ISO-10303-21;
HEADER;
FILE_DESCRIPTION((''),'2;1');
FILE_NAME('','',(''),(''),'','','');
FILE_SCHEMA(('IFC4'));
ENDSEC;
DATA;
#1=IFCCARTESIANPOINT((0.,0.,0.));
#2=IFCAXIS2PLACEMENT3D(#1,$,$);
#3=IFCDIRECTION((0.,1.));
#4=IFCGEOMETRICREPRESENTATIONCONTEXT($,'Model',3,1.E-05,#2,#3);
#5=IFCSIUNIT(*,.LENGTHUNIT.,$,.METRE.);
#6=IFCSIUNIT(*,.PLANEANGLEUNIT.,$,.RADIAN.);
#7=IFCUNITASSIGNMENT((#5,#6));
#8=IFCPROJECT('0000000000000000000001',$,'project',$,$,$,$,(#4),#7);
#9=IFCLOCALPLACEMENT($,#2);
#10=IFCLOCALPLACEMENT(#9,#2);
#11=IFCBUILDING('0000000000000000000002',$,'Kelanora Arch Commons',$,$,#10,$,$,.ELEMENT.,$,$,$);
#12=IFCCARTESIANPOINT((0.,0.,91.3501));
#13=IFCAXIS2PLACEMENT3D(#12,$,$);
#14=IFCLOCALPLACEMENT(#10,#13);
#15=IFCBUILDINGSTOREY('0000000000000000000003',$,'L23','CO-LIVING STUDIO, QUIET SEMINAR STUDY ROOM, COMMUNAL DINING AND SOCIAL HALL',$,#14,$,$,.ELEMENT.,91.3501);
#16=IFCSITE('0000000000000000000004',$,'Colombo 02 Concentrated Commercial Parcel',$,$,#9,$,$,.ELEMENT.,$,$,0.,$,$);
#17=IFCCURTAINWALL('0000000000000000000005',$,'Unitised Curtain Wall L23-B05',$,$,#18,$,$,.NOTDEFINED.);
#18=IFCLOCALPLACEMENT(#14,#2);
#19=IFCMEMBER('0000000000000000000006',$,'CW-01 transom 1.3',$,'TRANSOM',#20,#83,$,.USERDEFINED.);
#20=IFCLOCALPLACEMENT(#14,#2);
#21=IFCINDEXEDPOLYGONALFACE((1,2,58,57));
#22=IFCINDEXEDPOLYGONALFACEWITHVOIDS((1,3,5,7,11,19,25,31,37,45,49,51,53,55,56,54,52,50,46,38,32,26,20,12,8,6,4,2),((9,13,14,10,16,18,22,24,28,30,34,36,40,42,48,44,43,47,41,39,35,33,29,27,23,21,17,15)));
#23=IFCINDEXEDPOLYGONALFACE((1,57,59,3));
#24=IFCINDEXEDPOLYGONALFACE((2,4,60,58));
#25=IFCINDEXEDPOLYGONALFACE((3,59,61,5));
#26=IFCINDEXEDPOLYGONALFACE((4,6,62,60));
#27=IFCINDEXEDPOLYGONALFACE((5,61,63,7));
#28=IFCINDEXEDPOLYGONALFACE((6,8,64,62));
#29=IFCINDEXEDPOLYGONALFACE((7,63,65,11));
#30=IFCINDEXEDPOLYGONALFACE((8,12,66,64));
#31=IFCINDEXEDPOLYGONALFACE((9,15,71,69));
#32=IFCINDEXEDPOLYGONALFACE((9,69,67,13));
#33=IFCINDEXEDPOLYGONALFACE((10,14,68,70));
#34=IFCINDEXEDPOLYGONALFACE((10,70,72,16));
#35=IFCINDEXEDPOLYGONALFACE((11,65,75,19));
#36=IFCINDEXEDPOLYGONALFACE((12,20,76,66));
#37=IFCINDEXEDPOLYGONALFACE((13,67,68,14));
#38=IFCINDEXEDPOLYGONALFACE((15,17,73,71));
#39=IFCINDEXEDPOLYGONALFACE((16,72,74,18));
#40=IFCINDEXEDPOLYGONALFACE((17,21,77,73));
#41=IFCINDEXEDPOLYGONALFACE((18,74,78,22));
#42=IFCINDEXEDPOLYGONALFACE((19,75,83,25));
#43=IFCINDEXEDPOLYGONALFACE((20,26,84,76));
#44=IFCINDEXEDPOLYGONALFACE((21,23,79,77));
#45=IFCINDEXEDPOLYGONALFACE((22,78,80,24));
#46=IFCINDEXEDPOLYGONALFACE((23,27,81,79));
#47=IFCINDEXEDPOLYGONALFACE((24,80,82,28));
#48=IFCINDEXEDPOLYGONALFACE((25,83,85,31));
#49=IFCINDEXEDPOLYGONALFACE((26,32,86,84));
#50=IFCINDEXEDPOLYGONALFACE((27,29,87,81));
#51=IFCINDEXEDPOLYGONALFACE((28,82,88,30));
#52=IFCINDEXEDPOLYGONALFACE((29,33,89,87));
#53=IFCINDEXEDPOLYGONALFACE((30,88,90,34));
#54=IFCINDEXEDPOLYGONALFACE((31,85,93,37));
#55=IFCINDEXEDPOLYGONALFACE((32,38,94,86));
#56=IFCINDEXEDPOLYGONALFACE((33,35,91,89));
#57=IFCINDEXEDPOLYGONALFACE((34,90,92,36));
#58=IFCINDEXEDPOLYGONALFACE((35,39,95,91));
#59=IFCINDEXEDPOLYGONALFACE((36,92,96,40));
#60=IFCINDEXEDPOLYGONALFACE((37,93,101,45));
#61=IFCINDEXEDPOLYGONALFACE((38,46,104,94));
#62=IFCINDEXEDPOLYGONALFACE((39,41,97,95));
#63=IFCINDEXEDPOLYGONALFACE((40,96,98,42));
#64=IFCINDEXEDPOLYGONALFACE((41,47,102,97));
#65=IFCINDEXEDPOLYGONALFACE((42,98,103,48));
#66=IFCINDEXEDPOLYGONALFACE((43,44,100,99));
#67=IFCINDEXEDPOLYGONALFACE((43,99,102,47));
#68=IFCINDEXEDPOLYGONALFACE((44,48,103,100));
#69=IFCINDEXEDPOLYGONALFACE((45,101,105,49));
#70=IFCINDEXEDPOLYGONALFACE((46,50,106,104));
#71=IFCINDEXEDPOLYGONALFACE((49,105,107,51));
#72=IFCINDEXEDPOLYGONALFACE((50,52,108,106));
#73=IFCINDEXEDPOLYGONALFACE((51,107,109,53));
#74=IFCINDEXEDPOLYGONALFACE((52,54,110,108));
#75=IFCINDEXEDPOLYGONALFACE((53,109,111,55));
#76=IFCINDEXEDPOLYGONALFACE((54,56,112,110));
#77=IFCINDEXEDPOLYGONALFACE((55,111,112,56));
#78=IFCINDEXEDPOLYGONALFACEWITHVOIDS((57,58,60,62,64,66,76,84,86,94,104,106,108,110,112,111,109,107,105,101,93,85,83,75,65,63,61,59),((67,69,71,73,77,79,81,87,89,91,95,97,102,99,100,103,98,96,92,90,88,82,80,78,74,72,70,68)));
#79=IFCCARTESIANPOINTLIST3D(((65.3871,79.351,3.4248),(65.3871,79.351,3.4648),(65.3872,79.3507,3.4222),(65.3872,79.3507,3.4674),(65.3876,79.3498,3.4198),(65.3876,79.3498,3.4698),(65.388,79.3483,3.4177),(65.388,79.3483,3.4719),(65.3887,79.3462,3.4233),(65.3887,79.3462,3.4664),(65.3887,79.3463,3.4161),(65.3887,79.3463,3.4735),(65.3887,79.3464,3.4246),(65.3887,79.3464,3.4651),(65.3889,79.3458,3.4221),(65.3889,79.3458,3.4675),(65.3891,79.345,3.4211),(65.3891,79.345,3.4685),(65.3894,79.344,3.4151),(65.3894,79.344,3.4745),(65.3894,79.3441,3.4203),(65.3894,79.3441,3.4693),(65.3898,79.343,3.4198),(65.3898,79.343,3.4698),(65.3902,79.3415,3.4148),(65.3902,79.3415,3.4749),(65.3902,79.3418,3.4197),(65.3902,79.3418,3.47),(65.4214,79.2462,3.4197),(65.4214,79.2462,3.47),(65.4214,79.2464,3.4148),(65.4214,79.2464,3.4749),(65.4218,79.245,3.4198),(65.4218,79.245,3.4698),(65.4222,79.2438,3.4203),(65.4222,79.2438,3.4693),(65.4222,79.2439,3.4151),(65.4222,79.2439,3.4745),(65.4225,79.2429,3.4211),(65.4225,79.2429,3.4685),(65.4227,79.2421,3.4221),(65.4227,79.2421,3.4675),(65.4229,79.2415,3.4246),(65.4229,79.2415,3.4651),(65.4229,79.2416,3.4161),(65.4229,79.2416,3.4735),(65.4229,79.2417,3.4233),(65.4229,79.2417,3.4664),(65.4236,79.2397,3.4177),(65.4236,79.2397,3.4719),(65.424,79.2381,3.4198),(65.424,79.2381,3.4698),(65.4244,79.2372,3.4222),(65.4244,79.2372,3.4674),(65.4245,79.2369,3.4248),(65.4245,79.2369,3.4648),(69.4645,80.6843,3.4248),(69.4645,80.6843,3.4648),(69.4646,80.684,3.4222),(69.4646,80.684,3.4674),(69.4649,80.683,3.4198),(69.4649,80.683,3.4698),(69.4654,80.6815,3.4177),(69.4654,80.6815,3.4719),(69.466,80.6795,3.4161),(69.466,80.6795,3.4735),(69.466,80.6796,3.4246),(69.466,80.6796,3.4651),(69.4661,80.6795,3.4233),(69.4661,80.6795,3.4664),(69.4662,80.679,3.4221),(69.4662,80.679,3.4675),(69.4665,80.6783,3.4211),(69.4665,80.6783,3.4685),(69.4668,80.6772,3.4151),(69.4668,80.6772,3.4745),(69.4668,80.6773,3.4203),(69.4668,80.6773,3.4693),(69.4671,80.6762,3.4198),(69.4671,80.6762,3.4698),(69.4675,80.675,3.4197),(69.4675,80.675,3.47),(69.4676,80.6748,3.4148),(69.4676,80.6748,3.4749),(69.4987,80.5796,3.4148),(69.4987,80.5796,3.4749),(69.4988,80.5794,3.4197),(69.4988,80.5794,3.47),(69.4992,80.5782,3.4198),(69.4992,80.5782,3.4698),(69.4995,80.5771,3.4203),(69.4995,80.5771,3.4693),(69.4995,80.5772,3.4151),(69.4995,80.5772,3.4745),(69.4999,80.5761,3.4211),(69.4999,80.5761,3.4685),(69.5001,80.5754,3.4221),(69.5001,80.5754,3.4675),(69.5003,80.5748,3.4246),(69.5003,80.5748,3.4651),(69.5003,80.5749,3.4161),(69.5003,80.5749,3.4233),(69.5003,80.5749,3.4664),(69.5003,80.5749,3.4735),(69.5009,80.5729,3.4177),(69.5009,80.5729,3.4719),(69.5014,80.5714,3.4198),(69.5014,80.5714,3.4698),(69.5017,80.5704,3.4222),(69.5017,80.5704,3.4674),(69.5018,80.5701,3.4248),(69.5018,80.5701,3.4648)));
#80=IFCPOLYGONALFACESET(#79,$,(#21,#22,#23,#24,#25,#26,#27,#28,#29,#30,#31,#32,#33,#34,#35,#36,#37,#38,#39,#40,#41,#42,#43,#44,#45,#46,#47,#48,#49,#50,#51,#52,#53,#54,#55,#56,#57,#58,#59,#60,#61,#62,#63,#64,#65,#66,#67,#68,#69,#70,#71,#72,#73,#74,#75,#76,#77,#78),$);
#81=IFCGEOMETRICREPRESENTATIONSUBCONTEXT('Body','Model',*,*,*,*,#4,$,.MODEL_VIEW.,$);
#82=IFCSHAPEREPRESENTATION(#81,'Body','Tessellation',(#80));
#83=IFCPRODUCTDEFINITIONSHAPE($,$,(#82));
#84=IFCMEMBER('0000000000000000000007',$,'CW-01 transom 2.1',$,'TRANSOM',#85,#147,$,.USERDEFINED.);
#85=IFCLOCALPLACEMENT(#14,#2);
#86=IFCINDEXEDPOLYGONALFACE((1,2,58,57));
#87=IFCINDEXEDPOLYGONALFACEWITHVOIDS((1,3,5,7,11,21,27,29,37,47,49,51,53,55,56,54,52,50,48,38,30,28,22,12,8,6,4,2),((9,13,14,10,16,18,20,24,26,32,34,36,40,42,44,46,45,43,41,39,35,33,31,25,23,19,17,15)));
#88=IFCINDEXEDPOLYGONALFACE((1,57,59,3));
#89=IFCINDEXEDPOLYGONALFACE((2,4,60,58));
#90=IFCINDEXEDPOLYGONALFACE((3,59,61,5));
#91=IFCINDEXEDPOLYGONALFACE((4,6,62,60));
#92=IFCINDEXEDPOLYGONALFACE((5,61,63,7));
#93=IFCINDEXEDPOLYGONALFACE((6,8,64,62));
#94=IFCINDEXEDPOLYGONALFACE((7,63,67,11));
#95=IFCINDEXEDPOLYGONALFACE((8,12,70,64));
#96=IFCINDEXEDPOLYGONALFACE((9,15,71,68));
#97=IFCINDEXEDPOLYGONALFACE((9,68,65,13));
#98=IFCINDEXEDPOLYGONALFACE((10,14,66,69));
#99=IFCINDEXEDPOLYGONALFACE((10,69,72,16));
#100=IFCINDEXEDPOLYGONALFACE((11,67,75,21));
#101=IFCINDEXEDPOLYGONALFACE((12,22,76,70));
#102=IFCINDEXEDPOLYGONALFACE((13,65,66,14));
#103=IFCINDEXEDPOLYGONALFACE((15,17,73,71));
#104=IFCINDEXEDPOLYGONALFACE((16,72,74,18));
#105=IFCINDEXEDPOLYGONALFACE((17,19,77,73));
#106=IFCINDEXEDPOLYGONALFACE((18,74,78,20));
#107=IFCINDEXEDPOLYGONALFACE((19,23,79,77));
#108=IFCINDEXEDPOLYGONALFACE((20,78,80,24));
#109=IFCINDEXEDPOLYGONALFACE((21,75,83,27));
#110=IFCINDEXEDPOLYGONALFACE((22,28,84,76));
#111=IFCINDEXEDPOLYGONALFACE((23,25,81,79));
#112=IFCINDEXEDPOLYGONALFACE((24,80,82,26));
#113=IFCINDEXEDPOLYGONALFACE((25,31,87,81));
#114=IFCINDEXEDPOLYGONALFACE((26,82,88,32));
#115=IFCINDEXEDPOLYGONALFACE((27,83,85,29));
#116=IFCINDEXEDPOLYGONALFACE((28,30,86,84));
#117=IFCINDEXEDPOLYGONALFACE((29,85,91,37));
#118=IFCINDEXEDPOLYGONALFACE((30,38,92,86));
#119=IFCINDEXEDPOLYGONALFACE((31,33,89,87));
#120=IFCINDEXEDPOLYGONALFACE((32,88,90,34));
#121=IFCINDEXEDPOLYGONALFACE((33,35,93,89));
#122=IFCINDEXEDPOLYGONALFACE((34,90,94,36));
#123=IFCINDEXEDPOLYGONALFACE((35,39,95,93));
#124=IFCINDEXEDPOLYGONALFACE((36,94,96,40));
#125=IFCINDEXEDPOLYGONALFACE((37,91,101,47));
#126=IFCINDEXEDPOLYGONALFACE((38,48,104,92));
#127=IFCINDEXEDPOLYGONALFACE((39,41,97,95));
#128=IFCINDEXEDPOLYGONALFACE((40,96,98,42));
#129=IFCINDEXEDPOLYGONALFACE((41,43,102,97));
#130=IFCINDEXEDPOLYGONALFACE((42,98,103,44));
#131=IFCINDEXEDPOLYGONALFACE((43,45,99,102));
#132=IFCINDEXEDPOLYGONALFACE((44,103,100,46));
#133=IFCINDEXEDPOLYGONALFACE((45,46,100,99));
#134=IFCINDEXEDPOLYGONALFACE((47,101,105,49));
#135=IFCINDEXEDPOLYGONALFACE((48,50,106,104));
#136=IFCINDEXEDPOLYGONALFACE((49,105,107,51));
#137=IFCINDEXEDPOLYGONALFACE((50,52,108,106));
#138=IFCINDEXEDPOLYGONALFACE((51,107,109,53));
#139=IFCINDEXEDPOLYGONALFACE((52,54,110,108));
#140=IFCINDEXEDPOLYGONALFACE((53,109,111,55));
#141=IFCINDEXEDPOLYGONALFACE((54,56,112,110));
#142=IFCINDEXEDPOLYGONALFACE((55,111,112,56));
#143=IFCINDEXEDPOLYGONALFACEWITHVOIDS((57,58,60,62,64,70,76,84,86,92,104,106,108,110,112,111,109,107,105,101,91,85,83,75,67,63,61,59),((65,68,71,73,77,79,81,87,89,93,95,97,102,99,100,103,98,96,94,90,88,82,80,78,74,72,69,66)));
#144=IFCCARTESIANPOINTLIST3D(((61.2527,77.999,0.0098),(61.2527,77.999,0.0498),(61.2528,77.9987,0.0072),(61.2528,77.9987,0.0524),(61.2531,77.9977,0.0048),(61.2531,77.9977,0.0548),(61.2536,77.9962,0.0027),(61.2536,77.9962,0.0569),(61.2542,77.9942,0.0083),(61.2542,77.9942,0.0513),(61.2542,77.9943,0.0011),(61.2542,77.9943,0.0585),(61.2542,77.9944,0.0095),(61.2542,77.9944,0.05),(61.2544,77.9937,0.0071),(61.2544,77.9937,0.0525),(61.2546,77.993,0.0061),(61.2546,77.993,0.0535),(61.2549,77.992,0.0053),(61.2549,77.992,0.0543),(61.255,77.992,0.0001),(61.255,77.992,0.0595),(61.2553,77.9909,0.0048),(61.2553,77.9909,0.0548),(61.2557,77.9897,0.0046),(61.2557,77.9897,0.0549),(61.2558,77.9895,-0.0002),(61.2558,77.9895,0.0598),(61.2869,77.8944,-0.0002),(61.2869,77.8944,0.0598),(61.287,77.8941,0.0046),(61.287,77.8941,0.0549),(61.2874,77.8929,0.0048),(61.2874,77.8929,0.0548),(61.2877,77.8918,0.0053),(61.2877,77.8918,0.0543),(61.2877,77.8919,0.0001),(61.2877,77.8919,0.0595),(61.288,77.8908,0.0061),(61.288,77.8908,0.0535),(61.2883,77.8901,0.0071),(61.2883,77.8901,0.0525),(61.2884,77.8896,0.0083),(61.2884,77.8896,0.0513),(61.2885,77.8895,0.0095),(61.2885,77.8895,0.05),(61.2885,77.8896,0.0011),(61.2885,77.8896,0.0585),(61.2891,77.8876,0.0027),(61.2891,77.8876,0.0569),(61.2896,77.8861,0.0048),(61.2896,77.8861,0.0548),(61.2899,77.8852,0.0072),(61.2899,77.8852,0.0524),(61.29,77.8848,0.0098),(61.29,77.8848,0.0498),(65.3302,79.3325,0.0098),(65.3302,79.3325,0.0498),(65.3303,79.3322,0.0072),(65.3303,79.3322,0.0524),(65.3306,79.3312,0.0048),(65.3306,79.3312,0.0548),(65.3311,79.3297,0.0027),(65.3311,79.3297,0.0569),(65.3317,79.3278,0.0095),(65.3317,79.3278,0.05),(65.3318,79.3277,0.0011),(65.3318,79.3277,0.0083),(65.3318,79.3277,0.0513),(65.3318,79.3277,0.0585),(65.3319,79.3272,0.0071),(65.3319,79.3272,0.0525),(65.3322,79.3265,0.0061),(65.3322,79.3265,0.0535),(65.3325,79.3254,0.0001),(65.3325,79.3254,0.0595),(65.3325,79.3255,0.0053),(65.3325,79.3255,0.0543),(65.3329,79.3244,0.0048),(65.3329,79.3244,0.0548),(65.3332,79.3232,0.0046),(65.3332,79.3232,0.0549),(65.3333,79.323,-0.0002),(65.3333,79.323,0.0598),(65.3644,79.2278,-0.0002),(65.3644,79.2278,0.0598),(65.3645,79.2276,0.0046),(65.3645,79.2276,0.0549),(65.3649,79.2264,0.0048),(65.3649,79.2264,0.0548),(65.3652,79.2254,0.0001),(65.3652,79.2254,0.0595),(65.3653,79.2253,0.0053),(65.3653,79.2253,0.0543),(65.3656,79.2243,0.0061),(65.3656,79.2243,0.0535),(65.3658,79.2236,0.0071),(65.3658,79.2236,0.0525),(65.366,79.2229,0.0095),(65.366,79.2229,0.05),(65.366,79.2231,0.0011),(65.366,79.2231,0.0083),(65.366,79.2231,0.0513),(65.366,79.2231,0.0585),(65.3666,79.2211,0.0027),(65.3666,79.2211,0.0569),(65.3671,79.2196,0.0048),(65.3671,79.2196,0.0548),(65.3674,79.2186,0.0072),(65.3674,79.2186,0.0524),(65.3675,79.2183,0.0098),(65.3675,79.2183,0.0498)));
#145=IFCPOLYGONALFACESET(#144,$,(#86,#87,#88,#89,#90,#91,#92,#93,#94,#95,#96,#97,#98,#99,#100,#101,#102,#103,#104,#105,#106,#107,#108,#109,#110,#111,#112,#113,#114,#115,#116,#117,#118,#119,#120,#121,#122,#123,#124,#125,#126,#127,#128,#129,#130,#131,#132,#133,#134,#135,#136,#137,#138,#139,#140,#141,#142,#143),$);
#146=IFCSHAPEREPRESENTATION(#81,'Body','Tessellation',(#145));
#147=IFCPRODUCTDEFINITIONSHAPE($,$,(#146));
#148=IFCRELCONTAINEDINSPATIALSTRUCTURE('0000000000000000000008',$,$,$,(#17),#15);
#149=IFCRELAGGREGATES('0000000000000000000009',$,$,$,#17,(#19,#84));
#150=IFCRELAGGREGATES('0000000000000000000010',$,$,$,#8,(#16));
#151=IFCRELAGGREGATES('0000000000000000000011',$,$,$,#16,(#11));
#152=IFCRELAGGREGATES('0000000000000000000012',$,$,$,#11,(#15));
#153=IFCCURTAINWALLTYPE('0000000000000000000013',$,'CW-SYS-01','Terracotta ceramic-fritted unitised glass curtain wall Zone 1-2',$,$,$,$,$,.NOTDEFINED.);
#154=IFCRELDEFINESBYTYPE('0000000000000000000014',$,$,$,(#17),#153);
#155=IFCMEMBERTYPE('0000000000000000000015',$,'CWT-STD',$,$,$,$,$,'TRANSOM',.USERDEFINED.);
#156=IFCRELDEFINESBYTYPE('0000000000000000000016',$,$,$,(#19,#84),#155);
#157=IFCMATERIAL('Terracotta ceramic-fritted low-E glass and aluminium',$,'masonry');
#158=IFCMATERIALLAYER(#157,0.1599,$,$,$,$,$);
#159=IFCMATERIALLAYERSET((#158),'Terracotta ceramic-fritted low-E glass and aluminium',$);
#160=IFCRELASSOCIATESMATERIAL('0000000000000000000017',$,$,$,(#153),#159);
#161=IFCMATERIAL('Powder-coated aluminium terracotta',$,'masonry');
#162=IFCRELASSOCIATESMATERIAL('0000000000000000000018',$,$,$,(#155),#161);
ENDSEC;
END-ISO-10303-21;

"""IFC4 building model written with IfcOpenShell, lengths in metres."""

from ifc_helpers import new_model, si_unit, direction, frame, origin, origin_2d, place, context, subcontext, project, spatial, hollow_rectangle, extrude, material, layer, layer_set, material_profile, profile_set, type_object, element, aggregate, save


model = new_model("IFC4")

# Units and contexts
model_context = context("Model", 3, precision=1e-05, world=origin(), true_north=direction((0.0, 1.0)))
body_context = subcontext(model_context, "Body", "Model", "MODEL_VIEW")
ifc_project = project(units=[si_unit("LENGTHUNIT", "METRE"), si_unit("PLANEANGLEUNIT", "RADIAN")], contexts=[model_context])

# Site, building, storey
site_placement = place(None, origin())
site = spatial("IfcSite", under=ifc_project, at=site_placement, Name="Colombo 02 Concentrated Commercial Parcel", CompositionType="ELEMENT", RefElevation=0.0)
building_placement = place(site_placement, origin())
building = spatial("IfcBuilding", under=site, at=building_placement, Name="Kelanora Arch Commons", CompositionType="ELEMENT")
storey_placement = place(building_placement, frame((0.0, 0.0, 91.3501)))
storey = spatial("IfcBuildingStorey", under=building, at=storey_placement, Name="L23", Description="CO-LIVING STUDIO, QUIET SEMINAR STUDY ROOM, COMMUNAL DINING AND SOCIAL HALL", CompositionType="ELEMENT", Elevation=91.3501)

# Curtain wall, members
ifc_material_1 = material(Name="Terracotta ceramic-fritted low-E glass and aluminium", Category="masonry")
ifc_layer_1 = layer(ifc_material_1, 0.1599)
ifc_layer_set_1 = layer_set([ifc_layer_1], Name="Terracotta ceramic-fritted low-E glass and aluminium")
curtain_wall_type = type_object("IfcCurtainWallType", Name="CW-SYS-01", Description="Terracotta ceramic-fritted unitised glass curtain wall Zone 1-2", PredefinedType="NOTDEFINED", material=ifc_layer_set_1)
curtain_wall_placement = place(storey_placement, origin())
curtain_wall = element("IfcCurtainWall", 1, at=curtain_wall_placement, inside=storey, type_object=curtain_wall_type, Name="Unitised Curtain Wall L23-B05", PredefinedType="NOTDEFINED")
ifc_material_2 = material(Name="Powder-coated aluminium terracotta", Category="masonry")
ifc_material_profile_1 = material_profile(ifc_material_2, hollow_rectangle(XDim=0.1201, YDim=0.0601, WallThickness=0.0049, InnerFilletRadius=0.0049, OuterFilletRadius=0.01, at=origin_2d()), Name="CWT120x60")
ifc_profile_set_1 = profile_set([ifc_material_profile_1], Name="Powder-coated aluminium terracotta")
member_type_1 = type_object("IfcMemberType", Name="CWT-STD", ElementType="TRANSOM", PredefinedType="USERDEFINED", material=ifc_profile_set_1)
member_1_placement = place(storey_placement, frame((69.4832, 80.6272, 3.4448), z_axis=(-0.950478, -0.310793, 0.0), x_axis=(0.310793, -0.950478, 0.0)))
member_1 = element("IfcMember", 2, at=member_1_placement, type_object=member_type_1, Name="CW-01 transom 1.3", ObjectType="TRANSOM", PredefinedType="USERDEFINED", context=body_context, shape_type="SweptSolid", body=[
    extrude(hollow_rectangle(XDim=0.1201, YDim=0.0601, WallThickness=0.0049, InnerFilletRadius=0.0049, OuterFilletRadius=0.01, at=origin_2d()), origin(), (0.0, 0.0, 1.0), 4.2898),
])
member_2_placement = place(storey_placement, frame((65.3489, 79.2754, 0.0298), z_axis=(-0.950466, -0.310828, 0.0), x_axis=(0.310828, -0.950466, 0.0)))
member_2 = element("IfcMember", 3, at=member_2_placement, type_object=member_type_1, Name="CW-01 transom 2.1", ObjectType="TRANSOM", PredefinedType="USERDEFINED", context=body_context, shape_type="SweptSolid", body=[
    extrude(hollow_rectangle(XDim=0.1201, YDim=0.0601, WallThickness=0.0049, InnerFilletRadius=0.0049, OuterFilletRadius=0.01, at=origin_2d()), origin(), (0.0, 0.0, 1.0), 4.29),
])
aggregate(curtain_wall, [member_1, member_2])

save(model, "model.ifc")
